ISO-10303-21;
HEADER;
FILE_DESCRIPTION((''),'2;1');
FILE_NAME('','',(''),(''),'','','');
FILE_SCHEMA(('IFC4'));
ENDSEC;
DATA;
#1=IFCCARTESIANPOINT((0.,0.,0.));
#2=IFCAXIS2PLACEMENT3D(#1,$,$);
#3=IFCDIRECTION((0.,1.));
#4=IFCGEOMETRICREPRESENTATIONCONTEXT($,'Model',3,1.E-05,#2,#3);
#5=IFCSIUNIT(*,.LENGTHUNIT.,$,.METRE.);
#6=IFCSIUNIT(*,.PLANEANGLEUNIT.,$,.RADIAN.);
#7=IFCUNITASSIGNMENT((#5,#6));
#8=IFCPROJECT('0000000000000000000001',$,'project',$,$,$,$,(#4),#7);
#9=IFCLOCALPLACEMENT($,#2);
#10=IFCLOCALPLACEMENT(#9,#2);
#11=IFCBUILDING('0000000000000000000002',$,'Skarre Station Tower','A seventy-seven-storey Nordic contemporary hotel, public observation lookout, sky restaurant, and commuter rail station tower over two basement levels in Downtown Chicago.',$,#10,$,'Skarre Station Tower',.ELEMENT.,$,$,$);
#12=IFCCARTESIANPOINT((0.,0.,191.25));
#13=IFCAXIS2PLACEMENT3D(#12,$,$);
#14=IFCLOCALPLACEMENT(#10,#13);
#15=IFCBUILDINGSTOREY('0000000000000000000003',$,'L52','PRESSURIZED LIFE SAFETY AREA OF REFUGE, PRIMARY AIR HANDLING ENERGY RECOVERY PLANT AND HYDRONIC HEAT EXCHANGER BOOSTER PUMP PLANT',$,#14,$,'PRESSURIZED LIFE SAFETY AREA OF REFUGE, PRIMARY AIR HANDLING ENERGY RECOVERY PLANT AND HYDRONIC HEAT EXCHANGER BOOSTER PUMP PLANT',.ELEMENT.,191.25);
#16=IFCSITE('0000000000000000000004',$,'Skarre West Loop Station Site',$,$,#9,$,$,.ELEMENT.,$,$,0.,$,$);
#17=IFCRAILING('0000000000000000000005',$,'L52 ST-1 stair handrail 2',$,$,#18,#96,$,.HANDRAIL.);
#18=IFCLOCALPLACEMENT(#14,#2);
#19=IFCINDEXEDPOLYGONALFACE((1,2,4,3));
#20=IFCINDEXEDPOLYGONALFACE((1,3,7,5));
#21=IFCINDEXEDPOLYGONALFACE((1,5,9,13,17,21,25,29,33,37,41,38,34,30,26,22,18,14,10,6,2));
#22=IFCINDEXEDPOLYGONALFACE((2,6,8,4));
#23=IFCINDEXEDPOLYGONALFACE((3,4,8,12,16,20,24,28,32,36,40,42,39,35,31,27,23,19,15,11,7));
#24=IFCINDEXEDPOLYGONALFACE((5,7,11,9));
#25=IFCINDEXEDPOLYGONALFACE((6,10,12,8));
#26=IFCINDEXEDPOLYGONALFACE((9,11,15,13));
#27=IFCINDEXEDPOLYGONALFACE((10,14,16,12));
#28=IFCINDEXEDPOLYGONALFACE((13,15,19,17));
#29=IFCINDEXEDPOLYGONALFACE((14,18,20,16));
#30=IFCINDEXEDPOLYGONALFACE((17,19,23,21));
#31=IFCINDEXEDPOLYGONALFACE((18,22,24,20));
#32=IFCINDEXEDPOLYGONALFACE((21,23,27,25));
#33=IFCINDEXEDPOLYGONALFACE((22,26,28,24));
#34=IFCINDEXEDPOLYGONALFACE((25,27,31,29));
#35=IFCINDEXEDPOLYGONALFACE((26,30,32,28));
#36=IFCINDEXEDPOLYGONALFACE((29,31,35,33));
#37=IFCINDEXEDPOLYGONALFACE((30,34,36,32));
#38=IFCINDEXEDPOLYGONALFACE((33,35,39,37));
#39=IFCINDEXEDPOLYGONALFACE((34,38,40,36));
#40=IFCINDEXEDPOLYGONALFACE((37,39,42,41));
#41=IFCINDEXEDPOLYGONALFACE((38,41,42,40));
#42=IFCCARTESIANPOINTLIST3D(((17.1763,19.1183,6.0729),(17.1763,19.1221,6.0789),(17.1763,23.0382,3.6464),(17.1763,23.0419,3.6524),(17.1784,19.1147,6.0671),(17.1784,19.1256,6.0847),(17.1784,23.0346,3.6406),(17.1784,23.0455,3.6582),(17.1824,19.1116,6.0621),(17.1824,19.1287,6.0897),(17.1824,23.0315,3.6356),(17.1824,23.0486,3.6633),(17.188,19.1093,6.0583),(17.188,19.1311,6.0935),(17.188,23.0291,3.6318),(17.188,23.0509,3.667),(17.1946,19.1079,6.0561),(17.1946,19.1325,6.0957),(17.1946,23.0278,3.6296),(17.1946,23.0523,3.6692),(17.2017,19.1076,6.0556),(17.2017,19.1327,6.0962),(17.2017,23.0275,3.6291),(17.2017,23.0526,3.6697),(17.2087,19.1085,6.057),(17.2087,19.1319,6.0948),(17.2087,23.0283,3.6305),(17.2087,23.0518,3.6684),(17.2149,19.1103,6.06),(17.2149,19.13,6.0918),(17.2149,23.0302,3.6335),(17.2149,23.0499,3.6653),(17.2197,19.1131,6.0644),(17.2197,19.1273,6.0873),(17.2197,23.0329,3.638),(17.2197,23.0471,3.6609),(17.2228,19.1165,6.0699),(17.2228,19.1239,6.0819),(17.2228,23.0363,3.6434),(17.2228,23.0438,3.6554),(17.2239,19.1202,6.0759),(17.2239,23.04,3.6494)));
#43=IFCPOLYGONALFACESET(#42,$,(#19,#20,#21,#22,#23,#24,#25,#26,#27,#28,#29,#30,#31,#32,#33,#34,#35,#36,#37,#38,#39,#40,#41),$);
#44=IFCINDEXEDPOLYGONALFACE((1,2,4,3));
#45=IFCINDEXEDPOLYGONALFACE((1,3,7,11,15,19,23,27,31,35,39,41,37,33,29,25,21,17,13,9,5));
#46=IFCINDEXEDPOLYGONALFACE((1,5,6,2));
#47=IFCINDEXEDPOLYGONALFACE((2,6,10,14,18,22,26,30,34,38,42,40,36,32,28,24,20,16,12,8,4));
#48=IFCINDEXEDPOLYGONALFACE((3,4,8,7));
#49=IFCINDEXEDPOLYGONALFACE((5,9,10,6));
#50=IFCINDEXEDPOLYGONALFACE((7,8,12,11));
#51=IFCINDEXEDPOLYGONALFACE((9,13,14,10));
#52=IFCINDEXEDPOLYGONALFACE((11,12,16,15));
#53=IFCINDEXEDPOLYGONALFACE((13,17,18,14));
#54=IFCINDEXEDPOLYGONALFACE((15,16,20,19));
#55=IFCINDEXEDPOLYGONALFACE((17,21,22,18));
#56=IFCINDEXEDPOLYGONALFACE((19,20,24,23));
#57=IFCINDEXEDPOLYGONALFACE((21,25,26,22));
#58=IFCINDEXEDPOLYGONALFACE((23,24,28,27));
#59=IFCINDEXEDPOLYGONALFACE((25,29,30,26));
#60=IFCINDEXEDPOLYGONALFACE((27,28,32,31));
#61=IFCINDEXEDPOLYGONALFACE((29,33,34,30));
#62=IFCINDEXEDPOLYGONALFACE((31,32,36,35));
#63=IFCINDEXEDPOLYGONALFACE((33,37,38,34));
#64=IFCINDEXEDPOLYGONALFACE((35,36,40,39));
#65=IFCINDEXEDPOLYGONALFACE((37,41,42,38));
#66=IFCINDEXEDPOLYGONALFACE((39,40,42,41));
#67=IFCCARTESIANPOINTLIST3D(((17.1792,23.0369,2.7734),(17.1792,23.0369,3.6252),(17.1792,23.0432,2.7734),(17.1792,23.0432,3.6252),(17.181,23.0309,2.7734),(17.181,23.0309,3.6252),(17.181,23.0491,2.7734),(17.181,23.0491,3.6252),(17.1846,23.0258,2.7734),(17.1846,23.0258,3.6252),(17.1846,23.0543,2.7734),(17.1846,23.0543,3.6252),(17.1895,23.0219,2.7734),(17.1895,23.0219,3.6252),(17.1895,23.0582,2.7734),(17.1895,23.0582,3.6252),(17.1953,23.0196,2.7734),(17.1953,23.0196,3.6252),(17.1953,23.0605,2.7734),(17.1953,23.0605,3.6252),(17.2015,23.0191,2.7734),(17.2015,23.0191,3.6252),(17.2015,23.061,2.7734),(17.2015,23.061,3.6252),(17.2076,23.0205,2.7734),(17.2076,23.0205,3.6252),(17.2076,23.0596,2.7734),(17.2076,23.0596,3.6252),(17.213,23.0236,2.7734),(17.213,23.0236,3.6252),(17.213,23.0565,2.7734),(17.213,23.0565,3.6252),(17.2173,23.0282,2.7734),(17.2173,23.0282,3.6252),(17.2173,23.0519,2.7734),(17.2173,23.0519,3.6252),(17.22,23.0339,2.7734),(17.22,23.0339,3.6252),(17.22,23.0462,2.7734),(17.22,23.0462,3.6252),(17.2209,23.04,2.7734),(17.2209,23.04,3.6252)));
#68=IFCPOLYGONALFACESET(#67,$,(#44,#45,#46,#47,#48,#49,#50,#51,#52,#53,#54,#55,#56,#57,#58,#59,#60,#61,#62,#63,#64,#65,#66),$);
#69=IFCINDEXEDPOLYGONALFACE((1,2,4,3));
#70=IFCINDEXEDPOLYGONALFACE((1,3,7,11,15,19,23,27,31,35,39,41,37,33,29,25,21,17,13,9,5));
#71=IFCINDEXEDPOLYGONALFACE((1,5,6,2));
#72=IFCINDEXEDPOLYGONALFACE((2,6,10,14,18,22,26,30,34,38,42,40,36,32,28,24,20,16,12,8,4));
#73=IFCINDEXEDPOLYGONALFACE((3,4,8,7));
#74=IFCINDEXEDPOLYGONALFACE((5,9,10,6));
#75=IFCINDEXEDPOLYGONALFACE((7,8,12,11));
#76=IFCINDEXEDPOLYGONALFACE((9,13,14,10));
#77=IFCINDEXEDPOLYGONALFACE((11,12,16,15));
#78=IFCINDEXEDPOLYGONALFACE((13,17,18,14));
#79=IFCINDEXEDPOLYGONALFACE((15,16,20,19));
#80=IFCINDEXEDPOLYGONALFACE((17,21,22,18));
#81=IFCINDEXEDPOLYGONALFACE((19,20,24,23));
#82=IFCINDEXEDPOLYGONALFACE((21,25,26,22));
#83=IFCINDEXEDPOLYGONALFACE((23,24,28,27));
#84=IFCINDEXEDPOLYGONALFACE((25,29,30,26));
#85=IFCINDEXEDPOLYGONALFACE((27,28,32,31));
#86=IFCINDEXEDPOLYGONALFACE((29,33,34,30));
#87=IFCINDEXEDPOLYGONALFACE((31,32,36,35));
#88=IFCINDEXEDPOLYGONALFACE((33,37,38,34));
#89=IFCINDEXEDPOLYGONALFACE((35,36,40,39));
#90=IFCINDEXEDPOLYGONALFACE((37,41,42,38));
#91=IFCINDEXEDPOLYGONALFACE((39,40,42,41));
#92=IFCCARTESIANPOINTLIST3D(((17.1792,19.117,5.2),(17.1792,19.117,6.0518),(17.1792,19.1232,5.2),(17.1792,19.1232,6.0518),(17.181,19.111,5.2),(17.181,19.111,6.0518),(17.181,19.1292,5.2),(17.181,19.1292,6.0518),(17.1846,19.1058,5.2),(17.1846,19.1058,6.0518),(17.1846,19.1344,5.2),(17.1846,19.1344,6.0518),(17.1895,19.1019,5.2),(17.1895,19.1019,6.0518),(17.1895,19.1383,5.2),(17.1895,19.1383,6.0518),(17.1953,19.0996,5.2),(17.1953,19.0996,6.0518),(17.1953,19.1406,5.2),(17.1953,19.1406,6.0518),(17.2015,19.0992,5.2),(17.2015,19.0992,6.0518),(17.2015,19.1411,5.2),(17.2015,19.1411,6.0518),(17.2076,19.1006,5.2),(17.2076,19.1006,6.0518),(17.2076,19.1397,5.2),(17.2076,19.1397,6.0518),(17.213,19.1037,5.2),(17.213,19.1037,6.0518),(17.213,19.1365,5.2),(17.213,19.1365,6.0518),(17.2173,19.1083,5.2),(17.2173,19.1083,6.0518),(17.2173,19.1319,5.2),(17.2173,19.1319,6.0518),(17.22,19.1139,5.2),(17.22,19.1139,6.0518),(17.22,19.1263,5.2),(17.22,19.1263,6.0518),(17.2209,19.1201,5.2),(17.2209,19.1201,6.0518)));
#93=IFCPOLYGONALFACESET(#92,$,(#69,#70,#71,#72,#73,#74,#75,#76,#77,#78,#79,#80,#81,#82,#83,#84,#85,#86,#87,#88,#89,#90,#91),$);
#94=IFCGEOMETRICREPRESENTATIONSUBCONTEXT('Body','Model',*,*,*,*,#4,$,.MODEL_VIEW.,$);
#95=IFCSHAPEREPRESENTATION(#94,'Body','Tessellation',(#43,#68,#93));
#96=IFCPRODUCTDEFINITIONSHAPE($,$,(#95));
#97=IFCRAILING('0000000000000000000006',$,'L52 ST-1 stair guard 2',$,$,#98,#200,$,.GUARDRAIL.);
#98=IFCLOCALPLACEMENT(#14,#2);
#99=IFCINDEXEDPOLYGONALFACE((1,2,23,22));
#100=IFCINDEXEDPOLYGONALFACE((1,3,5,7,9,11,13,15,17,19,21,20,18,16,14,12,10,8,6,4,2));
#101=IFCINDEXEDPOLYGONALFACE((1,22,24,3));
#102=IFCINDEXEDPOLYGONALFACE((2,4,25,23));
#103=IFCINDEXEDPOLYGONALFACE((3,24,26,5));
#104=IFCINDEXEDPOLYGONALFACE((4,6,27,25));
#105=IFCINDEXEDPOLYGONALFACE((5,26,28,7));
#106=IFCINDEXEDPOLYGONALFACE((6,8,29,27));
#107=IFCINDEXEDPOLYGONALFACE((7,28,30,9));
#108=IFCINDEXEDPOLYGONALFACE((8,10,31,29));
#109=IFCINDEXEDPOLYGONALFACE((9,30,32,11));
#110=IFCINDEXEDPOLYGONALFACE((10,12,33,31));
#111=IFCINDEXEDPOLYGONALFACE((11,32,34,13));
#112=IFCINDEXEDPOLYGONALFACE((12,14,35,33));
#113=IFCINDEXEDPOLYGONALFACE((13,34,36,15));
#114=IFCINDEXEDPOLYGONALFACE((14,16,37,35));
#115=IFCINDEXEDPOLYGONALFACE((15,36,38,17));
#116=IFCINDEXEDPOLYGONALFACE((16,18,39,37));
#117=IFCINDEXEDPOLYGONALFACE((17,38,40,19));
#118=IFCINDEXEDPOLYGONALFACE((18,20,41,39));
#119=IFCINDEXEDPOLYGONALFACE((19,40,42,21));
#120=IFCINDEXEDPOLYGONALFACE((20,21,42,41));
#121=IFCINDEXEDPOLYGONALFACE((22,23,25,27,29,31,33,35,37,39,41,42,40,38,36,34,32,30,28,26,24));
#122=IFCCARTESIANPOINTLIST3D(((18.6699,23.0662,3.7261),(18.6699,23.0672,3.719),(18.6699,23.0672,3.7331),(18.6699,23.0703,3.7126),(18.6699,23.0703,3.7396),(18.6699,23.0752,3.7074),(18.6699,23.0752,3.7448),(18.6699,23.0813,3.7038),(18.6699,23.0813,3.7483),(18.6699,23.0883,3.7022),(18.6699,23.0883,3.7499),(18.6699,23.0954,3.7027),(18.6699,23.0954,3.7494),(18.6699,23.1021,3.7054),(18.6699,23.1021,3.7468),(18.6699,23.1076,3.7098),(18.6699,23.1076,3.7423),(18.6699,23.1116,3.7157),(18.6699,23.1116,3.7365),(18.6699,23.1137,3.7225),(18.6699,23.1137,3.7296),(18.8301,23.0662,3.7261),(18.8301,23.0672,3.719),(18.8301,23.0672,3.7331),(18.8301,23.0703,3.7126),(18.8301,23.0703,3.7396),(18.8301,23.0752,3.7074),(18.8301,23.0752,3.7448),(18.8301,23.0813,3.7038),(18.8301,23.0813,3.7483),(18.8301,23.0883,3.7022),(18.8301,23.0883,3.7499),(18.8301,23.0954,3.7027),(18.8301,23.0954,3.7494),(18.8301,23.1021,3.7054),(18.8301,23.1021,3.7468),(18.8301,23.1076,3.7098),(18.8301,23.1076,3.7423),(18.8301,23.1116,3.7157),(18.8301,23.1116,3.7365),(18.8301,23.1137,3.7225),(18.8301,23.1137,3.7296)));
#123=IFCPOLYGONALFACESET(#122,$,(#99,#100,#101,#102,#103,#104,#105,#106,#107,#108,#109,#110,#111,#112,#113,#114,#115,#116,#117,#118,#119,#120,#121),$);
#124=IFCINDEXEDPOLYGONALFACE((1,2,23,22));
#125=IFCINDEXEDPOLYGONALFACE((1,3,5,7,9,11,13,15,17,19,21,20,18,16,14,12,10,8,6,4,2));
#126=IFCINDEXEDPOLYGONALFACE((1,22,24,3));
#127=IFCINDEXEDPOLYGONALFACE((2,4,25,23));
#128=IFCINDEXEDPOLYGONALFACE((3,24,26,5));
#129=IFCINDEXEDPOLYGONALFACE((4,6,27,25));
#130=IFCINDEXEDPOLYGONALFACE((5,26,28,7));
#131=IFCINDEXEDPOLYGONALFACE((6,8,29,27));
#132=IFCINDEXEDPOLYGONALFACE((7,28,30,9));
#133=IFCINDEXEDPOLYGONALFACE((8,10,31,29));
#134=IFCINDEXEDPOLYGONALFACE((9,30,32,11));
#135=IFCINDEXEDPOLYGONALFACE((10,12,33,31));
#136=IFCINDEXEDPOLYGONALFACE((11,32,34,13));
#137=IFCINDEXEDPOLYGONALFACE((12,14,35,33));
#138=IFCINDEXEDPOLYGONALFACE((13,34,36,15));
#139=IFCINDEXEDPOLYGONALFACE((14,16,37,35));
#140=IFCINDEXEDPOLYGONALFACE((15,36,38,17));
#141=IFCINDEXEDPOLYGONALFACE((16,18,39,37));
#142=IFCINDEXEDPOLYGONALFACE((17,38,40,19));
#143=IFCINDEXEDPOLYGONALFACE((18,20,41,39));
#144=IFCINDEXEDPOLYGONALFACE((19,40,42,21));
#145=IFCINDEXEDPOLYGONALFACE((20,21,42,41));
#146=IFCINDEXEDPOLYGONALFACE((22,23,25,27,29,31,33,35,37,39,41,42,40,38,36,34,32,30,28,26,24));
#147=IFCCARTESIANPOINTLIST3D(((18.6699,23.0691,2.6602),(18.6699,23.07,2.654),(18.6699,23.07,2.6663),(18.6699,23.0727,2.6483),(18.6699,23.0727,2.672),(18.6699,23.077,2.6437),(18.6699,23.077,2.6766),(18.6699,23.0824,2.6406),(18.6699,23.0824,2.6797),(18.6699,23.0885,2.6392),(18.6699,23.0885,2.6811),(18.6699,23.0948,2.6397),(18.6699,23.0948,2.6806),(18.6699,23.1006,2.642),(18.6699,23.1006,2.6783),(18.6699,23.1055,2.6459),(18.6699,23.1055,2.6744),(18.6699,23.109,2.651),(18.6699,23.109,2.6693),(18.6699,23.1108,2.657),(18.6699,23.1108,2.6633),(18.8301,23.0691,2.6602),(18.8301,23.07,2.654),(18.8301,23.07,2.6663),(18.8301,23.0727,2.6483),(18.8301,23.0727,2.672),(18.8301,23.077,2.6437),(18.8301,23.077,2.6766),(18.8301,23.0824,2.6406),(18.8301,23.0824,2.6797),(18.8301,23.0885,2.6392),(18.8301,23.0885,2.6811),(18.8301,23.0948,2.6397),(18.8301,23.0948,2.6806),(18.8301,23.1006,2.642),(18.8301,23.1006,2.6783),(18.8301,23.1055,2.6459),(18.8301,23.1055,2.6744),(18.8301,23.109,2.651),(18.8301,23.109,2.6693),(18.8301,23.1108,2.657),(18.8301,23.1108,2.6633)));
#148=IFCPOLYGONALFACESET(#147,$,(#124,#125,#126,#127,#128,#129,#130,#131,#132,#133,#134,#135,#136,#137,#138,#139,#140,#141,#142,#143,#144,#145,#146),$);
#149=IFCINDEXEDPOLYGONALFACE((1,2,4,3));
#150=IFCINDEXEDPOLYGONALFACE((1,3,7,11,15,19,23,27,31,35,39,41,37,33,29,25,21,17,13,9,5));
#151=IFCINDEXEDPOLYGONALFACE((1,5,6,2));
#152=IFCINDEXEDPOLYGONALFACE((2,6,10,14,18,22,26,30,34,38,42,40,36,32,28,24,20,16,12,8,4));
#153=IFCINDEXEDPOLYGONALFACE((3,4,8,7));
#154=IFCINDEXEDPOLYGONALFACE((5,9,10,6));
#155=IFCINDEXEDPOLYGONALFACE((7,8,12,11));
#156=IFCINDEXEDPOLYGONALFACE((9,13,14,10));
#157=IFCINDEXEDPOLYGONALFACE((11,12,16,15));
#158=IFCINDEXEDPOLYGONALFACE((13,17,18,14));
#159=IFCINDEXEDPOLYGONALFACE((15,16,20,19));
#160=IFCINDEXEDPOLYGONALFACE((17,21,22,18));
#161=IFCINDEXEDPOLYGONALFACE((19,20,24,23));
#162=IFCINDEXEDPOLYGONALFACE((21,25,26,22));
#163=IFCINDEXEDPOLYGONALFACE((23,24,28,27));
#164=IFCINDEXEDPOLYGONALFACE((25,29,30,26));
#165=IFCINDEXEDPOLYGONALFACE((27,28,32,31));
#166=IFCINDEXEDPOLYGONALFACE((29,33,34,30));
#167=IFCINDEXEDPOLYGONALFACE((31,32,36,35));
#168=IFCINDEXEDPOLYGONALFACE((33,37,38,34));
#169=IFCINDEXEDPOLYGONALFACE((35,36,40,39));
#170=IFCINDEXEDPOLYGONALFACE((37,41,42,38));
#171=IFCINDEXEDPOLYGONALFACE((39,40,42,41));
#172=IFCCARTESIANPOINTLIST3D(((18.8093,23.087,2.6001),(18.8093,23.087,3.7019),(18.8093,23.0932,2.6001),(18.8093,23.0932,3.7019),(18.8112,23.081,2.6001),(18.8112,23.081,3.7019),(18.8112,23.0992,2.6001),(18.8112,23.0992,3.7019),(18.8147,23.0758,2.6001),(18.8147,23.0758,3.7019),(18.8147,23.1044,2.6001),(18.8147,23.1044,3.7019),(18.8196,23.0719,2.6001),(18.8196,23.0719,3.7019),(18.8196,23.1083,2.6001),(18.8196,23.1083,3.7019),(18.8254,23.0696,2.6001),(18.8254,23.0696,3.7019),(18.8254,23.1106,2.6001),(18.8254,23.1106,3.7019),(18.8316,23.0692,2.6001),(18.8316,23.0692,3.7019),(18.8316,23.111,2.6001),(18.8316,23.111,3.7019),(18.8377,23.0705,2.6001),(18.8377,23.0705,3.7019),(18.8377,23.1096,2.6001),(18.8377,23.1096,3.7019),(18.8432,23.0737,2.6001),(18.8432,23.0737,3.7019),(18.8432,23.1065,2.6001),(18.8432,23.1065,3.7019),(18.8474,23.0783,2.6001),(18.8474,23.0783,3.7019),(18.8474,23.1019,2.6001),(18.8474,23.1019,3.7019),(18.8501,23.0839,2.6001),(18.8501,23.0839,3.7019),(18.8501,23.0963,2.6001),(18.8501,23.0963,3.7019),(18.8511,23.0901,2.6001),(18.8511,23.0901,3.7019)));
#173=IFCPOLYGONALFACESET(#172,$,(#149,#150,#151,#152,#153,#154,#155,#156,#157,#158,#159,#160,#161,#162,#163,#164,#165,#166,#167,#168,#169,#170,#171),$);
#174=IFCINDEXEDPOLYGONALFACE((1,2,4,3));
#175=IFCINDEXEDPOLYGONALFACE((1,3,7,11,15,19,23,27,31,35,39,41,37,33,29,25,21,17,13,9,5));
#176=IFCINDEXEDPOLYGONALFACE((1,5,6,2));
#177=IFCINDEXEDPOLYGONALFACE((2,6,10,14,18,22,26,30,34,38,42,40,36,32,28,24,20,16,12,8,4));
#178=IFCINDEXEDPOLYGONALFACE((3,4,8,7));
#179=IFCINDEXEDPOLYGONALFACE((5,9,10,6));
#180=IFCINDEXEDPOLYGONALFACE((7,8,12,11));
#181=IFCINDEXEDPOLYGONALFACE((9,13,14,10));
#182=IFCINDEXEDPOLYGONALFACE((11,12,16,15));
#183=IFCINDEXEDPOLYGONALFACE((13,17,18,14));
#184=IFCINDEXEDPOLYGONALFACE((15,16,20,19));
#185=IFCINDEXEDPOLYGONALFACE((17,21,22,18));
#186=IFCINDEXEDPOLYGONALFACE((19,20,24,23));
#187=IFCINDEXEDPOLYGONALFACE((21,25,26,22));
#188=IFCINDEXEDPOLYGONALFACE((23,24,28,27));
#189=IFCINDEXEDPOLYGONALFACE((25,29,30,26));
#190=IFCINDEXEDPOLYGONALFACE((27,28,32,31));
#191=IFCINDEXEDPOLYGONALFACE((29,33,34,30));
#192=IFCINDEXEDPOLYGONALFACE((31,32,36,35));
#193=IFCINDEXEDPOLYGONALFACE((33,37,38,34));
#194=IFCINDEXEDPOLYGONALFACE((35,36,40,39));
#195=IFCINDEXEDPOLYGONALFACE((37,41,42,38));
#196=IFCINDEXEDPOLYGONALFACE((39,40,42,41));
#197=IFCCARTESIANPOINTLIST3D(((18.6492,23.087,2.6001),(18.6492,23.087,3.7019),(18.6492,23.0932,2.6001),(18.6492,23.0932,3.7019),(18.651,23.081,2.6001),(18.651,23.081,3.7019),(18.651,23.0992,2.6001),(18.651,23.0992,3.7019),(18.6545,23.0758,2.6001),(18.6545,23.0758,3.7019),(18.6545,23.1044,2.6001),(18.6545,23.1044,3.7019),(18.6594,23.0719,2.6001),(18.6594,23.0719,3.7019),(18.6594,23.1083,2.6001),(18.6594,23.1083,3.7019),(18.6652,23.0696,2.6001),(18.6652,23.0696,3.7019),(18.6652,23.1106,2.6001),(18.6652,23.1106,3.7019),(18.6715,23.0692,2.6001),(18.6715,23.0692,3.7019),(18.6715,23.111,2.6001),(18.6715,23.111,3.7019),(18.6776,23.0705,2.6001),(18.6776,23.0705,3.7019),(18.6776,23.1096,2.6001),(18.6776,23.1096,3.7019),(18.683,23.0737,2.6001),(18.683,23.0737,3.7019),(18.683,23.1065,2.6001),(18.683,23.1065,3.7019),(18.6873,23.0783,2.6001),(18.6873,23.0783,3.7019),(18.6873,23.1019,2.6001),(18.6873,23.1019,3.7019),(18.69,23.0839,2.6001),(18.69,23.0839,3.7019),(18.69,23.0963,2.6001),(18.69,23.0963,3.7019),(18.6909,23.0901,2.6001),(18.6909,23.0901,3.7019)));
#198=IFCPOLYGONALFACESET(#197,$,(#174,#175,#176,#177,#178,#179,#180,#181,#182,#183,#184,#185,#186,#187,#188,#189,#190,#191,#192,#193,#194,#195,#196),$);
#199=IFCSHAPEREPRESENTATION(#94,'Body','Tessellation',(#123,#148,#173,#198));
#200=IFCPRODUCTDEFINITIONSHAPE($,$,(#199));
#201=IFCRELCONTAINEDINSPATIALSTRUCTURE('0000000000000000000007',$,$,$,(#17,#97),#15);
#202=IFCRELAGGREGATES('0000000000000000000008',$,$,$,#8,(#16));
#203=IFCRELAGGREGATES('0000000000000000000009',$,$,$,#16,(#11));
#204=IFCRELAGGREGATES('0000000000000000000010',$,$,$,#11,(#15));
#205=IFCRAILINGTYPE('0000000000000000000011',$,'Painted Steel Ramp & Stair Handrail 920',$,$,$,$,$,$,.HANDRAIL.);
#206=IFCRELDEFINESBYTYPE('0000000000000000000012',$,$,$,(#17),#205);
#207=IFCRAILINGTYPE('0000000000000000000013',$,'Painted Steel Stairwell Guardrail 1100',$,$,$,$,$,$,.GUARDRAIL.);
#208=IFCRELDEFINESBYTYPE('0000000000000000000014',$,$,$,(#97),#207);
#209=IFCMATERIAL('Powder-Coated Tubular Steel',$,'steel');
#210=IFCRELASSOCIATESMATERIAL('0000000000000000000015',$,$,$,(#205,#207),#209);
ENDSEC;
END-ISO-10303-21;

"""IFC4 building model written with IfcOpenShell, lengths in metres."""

from ifc_helpers import new_model, si_unit, direction, frame, origin, origin_2d, place, context, subcontext, project, spatial, circle, extrude, material, type_object, element, save


model = new_model("IFC4")

# Units and contexts
model_context = context("Model", 3, precision=1e-05, world=origin(), true_north=direction((0.0, 1.0)))
body_context = subcontext(model_context, "Body", "Model", "MODEL_VIEW")
ifc_project = project(units=[si_unit("LENGTHUNIT", "METRE"), si_unit("PLANEANGLEUNIT", "RADIAN")], contexts=[model_context])

# Site, building, storey
site_placement = place(None, origin())
site = spatial("IfcSite", under=ifc_project, at=site_placement, Name="Skarre West Loop Station Site", CompositionType="ELEMENT", RefElevation=0.0)
building_placement = place(site_placement, origin())
building = spatial("IfcBuilding", under=site, at=building_placement, Name="Skarre Station Tower", Description="A seventy-seven-storey Nordic contemporary hotel, public observation lookout, sky restaurant, and commuter rail station tower over two basement levels in Downtown Chicago.", LongName="Skarre Station Tower", CompositionType="ELEMENT")
storey_placement = place(building_placement, frame((0.0, 0.0, 191.25)))
storey = spatial("IfcBuildingStorey", under=building, at=storey_placement, Name="L52", Description="PRESSURIZED LIFE SAFETY AREA OF REFUGE, PRIMARY AIR HANDLING ENERGY RECOVERY PLANT AND HYDRONIC HEAT EXCHANGER BOOSTER PUMP PLANT", LongName="PRESSURIZED LIFE SAFETY AREA OF REFUGE, PRIMARY AIR HANDLING ENERGY RECOVERY PLANT AND HYDRONIC HEAT EXCHANGER BOOSTER PUMP PLANT", CompositionType="ELEMENT", Elevation=191.25)

# Railings
ifc_material_1 = material(Name="Powder-Coated Tubular Steel", Category="steel")
railing_type_1 = type_object("IfcRailingType", Name="Painted Steel Ramp & Stair Handrail 920", PredefinedType="HANDRAIL", material=ifc_material_1)
railing_1_placement = place(storey_placement, frame((17.2, 23.04, 2.7734)))
element("IfcRailing", 1, at=railing_1_placement, inside=storey, type_object=railing_type_1, Name="L52 ST-1 stair handrail 2", PredefinedType="HANDRAIL", context=body_context, shape_type="SweptSolid", body=[
    extrude(circle(Radius=0.0239, at=origin_2d()), frame((0.0, 0.0, 0.876), z_axis=(0.0, -0.850275, 0.526338), x_axis=(1.0, 0.0, 0.0)), (0.0, 0.0, 1.0), 4.6101),
    extrude(circle(Radius=0.021, at=origin_2d()), origin(), (0.0, 0.0, 1.0), 0.8518),
    extrude(circle(Radius=0.021, at=origin_2d()), frame((0.0, -3.9199, 2.4265)), (0.0, 0.0, 1.0), 0.8518),
])
railing_type_2 = type_object("IfcRailingType", Name="Painted Steel Stairwell Guardrail 1100", PredefinedType="GUARDRAIL", material=ifc_material_1)
railing_2_placement = place(storey_placement, frame((18.8301, 23.0901, 2.6001)))
element("IfcRailing", 2, at=railing_2_placement, inside=storey, type_object=railing_type_2, Name="L52 ST-1 stair guard 2", PredefinedType="GUARDRAIL", context=body_context, shape_type="SweptSolid", body=[
    extrude(circle(Radius=0.0239, at=origin_2d()), frame((0.0, 0.0, 1.126), z_axis=(-1.0, 0.0, 0.0), x_axis=(0.0, -1.0, 0.0)), (0.0, 0.0, 1.0), 0.1602),
    extrude(circle(Radius=0.021, at=origin_2d()), frame((0.0, 0.0, 0.0601), z_axis=(-1.0, 0.0, 0.0), x_axis=(0.0, -1.0, 0.0)), (0.0, 0.0, 1.0), 0.1602),
    extrude(circle(Radius=0.021, at=origin_2d()), origin(), (0.0, 0.0, 1.0), 1.1018),
    extrude(circle(Radius=0.021, at=origin_2d()), frame((-0.1602, 0.0, 0.0)), (0.0, 0.0, 1.0), 1.1018),
])

save(model, "model.ifc")
